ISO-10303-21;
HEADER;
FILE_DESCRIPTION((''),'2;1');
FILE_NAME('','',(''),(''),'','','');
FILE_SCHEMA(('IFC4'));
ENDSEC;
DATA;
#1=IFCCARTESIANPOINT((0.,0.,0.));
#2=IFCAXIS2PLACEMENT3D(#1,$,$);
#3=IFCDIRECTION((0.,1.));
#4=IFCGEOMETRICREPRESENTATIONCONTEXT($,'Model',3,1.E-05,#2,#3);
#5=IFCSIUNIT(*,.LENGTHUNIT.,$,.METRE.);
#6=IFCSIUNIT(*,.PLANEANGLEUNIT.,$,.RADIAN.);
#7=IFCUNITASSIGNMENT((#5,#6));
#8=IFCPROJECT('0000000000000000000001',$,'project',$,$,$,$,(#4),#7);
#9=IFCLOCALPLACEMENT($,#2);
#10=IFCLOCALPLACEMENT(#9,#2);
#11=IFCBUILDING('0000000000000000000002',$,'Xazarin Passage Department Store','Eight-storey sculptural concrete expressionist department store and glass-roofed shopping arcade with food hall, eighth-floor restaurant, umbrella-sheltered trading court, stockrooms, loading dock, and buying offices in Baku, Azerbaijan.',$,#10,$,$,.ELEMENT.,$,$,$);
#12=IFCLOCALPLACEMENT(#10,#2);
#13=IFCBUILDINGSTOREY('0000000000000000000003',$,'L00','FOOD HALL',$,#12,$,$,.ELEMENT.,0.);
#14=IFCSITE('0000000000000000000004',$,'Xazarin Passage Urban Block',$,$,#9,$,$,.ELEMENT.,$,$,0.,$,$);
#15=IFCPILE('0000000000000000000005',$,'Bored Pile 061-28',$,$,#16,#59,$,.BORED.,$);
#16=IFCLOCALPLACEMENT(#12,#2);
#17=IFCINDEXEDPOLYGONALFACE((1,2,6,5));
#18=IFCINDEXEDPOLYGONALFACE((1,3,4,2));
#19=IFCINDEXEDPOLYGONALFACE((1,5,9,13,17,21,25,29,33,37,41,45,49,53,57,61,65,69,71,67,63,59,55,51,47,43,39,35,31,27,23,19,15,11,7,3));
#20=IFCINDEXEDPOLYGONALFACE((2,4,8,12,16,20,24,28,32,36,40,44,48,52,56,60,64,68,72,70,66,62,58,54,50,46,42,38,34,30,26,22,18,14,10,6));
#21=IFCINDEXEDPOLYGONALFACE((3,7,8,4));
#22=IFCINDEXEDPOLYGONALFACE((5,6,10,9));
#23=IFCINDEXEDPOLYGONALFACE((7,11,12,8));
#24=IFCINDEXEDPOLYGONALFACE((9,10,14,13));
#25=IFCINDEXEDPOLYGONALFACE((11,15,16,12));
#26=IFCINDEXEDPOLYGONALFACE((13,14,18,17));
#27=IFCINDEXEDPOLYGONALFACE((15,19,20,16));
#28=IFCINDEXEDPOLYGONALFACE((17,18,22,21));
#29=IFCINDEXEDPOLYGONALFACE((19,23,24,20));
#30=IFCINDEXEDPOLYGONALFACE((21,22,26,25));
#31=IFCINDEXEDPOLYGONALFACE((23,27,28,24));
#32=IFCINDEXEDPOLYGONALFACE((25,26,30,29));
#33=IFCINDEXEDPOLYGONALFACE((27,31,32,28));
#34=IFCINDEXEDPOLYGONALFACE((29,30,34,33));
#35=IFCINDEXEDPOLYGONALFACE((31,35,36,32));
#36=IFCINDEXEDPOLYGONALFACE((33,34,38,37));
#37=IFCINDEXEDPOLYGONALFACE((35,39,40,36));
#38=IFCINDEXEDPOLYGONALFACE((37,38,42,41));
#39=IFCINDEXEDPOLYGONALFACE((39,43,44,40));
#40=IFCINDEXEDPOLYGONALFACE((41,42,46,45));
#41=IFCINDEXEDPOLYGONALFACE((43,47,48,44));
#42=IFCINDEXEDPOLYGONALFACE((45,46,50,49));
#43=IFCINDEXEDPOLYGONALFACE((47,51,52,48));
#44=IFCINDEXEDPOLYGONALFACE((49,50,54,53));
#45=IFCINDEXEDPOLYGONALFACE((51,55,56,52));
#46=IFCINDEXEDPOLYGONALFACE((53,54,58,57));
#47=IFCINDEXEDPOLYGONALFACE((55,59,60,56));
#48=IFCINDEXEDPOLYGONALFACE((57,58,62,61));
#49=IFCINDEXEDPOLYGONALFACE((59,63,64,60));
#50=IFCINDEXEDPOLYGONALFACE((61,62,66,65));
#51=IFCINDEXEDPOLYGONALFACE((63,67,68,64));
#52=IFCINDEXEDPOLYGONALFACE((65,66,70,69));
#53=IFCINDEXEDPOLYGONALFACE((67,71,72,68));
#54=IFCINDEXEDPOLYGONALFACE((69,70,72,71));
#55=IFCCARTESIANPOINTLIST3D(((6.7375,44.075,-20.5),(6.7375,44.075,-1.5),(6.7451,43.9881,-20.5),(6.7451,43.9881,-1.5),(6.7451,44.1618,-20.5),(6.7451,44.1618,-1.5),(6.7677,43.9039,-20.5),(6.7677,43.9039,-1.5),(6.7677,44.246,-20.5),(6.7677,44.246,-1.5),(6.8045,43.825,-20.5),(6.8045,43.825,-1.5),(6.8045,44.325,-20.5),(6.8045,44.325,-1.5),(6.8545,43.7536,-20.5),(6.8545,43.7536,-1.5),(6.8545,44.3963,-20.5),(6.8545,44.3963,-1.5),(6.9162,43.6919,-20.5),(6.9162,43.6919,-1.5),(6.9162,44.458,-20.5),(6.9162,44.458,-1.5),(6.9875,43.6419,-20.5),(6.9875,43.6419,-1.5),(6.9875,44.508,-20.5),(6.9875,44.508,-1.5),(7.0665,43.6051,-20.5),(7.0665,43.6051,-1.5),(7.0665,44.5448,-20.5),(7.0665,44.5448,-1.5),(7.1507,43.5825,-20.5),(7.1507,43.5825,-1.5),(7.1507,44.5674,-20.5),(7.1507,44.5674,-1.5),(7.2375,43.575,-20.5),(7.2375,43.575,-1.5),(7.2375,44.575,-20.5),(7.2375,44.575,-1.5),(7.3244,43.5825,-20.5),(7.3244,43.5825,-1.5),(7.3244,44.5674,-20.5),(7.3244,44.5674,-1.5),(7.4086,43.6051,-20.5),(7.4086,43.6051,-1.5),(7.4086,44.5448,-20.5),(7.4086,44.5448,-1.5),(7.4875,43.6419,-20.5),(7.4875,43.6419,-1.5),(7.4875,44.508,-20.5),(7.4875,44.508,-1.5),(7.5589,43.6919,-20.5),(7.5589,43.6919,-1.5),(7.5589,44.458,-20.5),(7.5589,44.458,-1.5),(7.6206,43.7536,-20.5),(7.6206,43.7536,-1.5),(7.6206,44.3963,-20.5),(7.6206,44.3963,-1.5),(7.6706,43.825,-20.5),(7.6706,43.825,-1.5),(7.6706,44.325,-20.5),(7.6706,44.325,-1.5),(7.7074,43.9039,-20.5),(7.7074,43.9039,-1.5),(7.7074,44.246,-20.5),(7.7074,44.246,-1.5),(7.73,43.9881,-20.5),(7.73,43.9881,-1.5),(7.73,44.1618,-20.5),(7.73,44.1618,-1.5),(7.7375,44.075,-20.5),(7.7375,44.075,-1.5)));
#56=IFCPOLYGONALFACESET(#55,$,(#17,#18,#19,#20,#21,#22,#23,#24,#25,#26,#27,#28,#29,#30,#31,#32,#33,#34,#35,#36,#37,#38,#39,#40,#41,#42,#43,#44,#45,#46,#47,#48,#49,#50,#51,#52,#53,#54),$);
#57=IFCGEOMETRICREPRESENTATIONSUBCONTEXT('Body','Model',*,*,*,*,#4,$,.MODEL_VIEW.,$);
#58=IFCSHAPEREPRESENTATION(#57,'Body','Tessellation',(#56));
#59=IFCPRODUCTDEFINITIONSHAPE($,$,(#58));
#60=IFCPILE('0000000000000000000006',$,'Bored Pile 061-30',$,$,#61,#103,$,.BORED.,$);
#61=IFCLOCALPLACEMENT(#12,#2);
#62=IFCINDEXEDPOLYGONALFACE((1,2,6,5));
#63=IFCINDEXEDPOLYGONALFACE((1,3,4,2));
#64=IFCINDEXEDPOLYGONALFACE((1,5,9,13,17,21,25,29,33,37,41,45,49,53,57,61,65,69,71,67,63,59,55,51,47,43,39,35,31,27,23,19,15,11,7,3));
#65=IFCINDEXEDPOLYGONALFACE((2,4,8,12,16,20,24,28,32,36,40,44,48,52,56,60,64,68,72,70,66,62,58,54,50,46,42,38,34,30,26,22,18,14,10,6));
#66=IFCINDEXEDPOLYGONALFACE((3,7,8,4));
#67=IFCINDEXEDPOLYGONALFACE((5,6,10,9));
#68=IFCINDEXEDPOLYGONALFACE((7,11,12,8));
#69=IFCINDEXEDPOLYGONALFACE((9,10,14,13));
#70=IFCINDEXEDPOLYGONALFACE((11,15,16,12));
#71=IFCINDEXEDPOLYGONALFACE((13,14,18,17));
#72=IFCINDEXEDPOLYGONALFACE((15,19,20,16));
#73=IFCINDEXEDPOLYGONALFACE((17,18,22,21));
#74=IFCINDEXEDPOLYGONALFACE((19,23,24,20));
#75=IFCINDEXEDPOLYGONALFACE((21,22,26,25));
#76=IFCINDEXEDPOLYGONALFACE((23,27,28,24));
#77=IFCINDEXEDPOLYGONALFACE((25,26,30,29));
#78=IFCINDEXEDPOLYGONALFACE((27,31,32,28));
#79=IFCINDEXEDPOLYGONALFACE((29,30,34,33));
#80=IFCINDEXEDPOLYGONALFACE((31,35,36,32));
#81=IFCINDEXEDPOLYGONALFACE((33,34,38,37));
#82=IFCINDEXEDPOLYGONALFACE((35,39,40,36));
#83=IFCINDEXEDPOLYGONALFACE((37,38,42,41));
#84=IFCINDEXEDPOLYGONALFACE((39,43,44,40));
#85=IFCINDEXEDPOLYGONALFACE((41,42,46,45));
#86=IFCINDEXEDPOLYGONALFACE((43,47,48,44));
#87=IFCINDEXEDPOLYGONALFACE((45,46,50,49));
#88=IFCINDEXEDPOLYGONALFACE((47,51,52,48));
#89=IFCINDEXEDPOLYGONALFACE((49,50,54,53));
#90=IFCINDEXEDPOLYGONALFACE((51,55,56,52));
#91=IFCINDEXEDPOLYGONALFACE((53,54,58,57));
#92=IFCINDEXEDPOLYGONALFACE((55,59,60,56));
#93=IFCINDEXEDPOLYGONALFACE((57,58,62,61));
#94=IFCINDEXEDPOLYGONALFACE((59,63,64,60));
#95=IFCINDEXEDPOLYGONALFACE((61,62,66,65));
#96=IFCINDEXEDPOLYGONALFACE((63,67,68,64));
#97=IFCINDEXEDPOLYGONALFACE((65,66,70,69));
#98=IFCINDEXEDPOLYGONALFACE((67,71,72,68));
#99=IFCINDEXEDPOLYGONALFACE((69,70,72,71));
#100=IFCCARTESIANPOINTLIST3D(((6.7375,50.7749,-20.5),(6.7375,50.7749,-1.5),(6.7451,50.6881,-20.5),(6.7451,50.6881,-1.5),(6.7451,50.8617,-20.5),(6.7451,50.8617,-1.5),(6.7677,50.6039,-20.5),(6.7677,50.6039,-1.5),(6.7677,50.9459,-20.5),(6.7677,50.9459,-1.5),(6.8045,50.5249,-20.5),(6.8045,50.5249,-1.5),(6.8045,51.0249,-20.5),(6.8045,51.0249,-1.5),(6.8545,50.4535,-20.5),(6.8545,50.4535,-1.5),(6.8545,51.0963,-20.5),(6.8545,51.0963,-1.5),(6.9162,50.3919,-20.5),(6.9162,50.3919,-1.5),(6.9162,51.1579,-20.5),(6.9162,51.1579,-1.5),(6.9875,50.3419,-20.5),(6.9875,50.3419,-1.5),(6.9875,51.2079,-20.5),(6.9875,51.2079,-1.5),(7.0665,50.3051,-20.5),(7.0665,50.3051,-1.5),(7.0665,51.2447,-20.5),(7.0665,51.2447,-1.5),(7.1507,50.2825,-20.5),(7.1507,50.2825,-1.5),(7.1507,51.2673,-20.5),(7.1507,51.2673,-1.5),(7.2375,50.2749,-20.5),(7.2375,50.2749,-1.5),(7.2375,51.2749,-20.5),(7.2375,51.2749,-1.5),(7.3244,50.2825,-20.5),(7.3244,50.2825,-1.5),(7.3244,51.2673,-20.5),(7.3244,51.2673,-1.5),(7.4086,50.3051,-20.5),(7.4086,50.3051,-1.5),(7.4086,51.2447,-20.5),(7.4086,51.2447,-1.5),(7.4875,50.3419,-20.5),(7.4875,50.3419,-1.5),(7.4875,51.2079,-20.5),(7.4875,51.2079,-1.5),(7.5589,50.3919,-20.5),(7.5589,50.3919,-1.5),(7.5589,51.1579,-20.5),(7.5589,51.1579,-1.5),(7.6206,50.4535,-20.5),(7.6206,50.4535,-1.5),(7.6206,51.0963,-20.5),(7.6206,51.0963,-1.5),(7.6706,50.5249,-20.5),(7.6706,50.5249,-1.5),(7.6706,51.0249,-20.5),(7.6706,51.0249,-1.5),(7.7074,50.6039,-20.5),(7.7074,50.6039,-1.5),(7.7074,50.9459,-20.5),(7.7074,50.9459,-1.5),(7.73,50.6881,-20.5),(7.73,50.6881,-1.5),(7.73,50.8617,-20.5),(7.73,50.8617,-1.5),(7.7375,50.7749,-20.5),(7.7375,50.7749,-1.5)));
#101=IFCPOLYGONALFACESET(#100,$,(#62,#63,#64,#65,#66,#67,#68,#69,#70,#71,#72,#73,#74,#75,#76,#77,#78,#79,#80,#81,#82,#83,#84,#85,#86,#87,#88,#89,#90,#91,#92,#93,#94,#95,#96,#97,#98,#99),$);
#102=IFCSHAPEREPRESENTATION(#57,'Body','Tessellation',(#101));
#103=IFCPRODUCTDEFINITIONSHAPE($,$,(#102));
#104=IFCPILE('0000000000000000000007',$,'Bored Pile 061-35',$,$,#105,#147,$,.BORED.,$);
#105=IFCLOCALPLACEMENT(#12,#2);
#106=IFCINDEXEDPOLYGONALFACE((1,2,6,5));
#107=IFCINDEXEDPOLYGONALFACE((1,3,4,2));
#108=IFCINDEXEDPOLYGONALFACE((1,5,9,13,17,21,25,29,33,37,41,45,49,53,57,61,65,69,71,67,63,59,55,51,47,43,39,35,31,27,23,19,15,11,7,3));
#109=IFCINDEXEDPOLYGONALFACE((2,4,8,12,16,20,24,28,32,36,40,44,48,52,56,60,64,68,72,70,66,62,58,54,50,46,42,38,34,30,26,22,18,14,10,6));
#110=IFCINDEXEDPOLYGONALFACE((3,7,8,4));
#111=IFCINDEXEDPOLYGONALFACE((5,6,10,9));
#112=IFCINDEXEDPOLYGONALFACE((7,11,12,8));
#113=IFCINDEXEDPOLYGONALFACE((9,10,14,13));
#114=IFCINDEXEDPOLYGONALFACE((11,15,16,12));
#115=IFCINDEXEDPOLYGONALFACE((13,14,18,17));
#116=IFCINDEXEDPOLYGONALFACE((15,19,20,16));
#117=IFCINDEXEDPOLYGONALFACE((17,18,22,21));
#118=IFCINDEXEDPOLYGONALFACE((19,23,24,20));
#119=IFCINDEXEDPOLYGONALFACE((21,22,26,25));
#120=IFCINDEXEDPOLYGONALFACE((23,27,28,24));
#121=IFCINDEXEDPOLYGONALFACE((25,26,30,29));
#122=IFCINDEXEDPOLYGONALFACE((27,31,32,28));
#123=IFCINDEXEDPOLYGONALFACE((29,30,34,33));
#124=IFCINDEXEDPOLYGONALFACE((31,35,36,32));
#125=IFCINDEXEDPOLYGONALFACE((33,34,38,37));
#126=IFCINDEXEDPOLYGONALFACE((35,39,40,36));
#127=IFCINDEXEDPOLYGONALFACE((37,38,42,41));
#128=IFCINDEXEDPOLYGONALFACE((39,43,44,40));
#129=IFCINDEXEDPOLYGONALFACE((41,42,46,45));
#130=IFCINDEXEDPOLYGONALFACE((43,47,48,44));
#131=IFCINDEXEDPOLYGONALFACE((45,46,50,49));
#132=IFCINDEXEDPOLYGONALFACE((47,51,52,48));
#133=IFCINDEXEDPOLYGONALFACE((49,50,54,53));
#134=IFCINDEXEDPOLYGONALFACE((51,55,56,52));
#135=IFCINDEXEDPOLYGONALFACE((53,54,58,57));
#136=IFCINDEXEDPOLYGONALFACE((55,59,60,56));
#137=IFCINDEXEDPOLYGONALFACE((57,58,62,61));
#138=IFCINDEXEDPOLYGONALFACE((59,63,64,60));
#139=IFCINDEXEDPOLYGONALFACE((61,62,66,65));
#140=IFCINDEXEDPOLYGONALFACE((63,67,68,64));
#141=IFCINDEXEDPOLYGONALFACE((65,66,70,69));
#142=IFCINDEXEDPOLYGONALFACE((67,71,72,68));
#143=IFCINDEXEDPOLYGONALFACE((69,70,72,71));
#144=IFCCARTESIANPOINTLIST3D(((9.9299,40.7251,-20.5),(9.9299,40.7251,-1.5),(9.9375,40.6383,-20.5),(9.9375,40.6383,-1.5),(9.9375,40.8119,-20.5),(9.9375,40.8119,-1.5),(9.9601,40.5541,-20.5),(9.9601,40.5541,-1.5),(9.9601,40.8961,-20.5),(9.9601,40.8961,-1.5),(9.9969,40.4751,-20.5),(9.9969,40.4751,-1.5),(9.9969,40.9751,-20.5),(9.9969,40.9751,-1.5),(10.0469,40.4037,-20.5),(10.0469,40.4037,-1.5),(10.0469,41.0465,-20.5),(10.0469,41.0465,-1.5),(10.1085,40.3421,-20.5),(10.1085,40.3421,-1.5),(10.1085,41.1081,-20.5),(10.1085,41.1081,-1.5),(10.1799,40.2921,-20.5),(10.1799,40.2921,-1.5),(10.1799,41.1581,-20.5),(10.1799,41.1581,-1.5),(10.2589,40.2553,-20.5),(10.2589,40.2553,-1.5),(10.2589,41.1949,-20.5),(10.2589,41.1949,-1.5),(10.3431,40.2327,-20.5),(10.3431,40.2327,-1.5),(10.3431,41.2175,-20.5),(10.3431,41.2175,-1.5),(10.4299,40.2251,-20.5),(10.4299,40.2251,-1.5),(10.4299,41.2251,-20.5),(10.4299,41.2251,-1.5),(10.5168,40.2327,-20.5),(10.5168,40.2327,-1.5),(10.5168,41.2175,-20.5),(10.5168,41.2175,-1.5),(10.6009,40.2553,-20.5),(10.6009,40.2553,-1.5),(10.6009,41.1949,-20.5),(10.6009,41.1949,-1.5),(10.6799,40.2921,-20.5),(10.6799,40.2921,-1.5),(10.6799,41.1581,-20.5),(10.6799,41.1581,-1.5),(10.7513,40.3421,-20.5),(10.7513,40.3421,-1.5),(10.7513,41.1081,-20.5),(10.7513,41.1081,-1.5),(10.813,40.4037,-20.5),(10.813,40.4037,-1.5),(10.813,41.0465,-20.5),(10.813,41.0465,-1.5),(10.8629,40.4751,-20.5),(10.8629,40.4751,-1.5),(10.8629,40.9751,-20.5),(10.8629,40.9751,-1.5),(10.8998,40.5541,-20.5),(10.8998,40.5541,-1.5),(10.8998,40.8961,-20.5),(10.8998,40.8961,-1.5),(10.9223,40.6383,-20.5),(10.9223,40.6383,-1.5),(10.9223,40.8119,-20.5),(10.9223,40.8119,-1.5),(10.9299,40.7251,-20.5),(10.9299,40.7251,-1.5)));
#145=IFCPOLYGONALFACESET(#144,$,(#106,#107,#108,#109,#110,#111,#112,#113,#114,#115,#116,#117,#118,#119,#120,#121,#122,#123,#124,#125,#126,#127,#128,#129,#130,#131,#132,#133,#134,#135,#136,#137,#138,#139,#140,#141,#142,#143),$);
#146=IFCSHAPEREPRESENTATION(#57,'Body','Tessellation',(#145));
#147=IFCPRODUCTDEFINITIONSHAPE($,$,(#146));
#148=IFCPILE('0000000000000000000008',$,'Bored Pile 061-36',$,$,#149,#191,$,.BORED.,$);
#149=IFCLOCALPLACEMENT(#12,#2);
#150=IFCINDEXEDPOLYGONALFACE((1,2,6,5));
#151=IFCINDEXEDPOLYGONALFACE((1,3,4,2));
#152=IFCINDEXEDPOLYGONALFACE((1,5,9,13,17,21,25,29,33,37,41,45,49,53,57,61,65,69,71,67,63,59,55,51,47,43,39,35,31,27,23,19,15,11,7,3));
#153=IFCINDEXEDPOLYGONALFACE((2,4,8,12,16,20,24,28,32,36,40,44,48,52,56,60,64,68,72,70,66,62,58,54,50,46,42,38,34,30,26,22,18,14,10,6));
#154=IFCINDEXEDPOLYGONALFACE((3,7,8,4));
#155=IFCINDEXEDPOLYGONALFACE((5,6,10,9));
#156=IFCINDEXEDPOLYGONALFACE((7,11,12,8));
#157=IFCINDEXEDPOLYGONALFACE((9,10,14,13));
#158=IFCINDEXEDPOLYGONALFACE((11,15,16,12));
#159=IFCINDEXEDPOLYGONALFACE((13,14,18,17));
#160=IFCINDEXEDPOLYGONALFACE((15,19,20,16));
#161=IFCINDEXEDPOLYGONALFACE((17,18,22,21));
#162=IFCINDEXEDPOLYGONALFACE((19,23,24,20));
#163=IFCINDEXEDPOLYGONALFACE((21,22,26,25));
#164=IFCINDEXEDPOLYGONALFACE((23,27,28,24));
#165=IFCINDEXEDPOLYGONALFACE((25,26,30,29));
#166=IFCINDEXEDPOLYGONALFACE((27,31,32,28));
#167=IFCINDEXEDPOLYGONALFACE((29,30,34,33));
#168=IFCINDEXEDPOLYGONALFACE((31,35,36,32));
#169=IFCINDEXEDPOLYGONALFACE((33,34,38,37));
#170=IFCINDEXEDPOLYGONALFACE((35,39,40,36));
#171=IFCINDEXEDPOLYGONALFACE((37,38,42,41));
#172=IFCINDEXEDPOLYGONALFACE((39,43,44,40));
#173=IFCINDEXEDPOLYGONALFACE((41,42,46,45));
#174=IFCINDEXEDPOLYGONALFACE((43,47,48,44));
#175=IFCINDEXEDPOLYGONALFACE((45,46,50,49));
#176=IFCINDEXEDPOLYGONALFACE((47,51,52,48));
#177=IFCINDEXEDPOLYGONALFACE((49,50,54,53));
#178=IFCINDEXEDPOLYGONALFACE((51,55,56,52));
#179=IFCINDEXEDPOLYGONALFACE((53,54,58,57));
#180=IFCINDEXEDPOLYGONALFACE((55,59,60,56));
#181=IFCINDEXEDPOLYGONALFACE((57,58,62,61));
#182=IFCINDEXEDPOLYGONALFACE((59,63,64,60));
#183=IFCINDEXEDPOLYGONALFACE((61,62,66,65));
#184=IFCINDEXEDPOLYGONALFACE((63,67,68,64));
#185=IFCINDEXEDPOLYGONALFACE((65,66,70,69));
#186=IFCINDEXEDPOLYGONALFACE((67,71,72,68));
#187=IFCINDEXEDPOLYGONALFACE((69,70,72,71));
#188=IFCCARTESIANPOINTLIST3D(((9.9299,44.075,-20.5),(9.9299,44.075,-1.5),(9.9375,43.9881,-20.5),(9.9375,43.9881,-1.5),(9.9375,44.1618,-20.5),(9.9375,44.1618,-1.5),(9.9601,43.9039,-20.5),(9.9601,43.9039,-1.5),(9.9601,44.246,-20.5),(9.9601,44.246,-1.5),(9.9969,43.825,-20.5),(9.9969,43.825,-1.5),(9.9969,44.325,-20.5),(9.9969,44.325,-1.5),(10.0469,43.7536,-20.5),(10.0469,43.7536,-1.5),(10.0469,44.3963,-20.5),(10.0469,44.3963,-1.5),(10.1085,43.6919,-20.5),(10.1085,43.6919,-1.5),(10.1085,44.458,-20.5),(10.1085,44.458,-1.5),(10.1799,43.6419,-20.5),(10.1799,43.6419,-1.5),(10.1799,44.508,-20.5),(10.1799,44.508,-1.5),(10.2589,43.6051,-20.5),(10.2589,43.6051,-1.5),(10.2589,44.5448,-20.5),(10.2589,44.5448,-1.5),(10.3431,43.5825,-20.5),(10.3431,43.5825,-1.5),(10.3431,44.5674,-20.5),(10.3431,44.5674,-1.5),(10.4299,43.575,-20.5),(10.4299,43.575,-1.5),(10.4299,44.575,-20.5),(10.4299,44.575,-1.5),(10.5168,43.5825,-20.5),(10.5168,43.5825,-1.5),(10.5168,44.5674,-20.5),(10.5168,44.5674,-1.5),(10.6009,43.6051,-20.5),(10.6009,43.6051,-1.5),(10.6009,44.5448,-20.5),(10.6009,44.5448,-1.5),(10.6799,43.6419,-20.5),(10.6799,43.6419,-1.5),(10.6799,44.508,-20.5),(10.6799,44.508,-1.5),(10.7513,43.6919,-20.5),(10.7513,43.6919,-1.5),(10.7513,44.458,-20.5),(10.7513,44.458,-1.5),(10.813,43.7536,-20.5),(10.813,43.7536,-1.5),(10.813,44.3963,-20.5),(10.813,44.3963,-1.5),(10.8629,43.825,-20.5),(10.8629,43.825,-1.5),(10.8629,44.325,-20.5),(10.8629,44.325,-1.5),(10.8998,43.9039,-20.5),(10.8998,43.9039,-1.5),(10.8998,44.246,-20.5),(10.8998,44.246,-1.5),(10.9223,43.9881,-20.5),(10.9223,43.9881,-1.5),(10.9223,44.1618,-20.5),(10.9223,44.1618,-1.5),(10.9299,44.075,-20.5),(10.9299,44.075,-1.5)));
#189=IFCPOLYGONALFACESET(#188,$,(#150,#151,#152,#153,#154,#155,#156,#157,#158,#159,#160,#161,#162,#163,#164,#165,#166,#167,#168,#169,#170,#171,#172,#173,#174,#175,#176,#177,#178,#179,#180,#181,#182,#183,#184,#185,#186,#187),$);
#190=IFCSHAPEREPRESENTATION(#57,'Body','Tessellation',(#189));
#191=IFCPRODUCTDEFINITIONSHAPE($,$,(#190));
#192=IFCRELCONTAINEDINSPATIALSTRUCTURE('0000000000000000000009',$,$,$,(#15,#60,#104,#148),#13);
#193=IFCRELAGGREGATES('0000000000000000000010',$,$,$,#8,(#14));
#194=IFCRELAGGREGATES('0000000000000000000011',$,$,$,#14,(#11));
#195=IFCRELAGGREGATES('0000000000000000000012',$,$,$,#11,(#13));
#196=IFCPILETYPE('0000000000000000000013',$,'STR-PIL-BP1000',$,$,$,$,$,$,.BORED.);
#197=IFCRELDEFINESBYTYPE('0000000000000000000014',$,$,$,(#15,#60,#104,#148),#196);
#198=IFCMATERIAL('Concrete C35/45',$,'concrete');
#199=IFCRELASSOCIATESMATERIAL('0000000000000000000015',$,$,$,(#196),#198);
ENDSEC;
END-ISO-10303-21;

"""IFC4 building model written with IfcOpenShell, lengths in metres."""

from ifc_helpers import new_model, si_unit, direction, frame, origin, origin_2d, place, context, subcontext, project, spatial, circle, extrude, material, material_profile, profile_set, type_object, element, save


model = new_model("IFC4")

# Units and contexts
model_context = context("Model", 3, precision=1e-05, world=origin(), true_north=direction((0.0, 1.0)))
body_context = subcontext(model_context, "Body", "Model", "MODEL_VIEW")
ifc_project = project(units=[si_unit("LENGTHUNIT", "METRE"), si_unit("PLANEANGLEUNIT", "RADIAN")], contexts=[model_context])

# Site, building, storey
site_placement = place(None, origin())
site = spatial("IfcSite", under=ifc_project, at=site_placement, Name="Xazarin Passage Urban Block", CompositionType="ELEMENT", RefElevation=0.0)
building_placement = place(site_placement, origin())
building = spatial("IfcBuilding", under=site, at=building_placement, Name="Xazarin Passage Department Store", Description="Eight-storey sculptural concrete expressionist department store and glass-roofed shopping arcade with food hall, eighth-floor restaurant, umbrella-sheltered trading court, stockrooms, loading dock, and buying offices in Baku, Azerbaijan.", CompositionType="ELEMENT")
storey_placement = place(building_placement, origin())
storey = spatial("IfcBuildingStorey", under=building, at=storey_placement, Name="L00", Description="FOOD HALL", CompositionType="ELEMENT", Elevation=0.0)

# Piles
ifc_material_1 = material(Name="Concrete C35/45", Category="concrete")
ifc_material_profile_1 = material_profile(ifc_material_1, circle(Radius=0.5, at=origin_2d()), Name="BP 1000")
ifc_profile_set_1 = profile_set([ifc_material_profile_1], Name="Concrete C35/45")
pile_type_1 = type_object("IfcPileType", Name="STR-PIL-BP1000", PredefinedType="BORED", material=ifc_profile_set_1)
for number, where, z_axis, x_axis, name in (
    (1, (7.2375, 44.075, -1.5), (0.0, 0.0, -1.0), (1.0, 0.0, 0.0), "Bored Pile 061-28"),
    (2, (7.2375, 50.7749, -1.5), (0.0, 0.0, -1.0), (1.0, 0.0, 0.0), "Bored Pile 061-30"),
    (3, (10.4299, 40.7251, -1.5), (0.0, 0.0, -1.0), (1.0, 0.0, 0.0), "Bored Pile 061-35"),
    (4, (10.4299, 44.075, -1.5), (0.0, 0.0, -1.0), (1.0, 0.0, 0.0), "Bored Pile 061-36"),
):
    element("IfcPile", number, at=place(storey_placement, frame(where, z_axis=z_axis, x_axis=x_axis)), inside=storey, type_object=pile_type_1, Name=name, PredefinedType="BORED", context=body_context, shape_type="SweptSolid", body=[
        extrude(circle(Radius=0.5, at=origin_2d()), origin(), (0.0, 0.0, 1.0), 19.0),
    ])

save(model, "model.ifc")
